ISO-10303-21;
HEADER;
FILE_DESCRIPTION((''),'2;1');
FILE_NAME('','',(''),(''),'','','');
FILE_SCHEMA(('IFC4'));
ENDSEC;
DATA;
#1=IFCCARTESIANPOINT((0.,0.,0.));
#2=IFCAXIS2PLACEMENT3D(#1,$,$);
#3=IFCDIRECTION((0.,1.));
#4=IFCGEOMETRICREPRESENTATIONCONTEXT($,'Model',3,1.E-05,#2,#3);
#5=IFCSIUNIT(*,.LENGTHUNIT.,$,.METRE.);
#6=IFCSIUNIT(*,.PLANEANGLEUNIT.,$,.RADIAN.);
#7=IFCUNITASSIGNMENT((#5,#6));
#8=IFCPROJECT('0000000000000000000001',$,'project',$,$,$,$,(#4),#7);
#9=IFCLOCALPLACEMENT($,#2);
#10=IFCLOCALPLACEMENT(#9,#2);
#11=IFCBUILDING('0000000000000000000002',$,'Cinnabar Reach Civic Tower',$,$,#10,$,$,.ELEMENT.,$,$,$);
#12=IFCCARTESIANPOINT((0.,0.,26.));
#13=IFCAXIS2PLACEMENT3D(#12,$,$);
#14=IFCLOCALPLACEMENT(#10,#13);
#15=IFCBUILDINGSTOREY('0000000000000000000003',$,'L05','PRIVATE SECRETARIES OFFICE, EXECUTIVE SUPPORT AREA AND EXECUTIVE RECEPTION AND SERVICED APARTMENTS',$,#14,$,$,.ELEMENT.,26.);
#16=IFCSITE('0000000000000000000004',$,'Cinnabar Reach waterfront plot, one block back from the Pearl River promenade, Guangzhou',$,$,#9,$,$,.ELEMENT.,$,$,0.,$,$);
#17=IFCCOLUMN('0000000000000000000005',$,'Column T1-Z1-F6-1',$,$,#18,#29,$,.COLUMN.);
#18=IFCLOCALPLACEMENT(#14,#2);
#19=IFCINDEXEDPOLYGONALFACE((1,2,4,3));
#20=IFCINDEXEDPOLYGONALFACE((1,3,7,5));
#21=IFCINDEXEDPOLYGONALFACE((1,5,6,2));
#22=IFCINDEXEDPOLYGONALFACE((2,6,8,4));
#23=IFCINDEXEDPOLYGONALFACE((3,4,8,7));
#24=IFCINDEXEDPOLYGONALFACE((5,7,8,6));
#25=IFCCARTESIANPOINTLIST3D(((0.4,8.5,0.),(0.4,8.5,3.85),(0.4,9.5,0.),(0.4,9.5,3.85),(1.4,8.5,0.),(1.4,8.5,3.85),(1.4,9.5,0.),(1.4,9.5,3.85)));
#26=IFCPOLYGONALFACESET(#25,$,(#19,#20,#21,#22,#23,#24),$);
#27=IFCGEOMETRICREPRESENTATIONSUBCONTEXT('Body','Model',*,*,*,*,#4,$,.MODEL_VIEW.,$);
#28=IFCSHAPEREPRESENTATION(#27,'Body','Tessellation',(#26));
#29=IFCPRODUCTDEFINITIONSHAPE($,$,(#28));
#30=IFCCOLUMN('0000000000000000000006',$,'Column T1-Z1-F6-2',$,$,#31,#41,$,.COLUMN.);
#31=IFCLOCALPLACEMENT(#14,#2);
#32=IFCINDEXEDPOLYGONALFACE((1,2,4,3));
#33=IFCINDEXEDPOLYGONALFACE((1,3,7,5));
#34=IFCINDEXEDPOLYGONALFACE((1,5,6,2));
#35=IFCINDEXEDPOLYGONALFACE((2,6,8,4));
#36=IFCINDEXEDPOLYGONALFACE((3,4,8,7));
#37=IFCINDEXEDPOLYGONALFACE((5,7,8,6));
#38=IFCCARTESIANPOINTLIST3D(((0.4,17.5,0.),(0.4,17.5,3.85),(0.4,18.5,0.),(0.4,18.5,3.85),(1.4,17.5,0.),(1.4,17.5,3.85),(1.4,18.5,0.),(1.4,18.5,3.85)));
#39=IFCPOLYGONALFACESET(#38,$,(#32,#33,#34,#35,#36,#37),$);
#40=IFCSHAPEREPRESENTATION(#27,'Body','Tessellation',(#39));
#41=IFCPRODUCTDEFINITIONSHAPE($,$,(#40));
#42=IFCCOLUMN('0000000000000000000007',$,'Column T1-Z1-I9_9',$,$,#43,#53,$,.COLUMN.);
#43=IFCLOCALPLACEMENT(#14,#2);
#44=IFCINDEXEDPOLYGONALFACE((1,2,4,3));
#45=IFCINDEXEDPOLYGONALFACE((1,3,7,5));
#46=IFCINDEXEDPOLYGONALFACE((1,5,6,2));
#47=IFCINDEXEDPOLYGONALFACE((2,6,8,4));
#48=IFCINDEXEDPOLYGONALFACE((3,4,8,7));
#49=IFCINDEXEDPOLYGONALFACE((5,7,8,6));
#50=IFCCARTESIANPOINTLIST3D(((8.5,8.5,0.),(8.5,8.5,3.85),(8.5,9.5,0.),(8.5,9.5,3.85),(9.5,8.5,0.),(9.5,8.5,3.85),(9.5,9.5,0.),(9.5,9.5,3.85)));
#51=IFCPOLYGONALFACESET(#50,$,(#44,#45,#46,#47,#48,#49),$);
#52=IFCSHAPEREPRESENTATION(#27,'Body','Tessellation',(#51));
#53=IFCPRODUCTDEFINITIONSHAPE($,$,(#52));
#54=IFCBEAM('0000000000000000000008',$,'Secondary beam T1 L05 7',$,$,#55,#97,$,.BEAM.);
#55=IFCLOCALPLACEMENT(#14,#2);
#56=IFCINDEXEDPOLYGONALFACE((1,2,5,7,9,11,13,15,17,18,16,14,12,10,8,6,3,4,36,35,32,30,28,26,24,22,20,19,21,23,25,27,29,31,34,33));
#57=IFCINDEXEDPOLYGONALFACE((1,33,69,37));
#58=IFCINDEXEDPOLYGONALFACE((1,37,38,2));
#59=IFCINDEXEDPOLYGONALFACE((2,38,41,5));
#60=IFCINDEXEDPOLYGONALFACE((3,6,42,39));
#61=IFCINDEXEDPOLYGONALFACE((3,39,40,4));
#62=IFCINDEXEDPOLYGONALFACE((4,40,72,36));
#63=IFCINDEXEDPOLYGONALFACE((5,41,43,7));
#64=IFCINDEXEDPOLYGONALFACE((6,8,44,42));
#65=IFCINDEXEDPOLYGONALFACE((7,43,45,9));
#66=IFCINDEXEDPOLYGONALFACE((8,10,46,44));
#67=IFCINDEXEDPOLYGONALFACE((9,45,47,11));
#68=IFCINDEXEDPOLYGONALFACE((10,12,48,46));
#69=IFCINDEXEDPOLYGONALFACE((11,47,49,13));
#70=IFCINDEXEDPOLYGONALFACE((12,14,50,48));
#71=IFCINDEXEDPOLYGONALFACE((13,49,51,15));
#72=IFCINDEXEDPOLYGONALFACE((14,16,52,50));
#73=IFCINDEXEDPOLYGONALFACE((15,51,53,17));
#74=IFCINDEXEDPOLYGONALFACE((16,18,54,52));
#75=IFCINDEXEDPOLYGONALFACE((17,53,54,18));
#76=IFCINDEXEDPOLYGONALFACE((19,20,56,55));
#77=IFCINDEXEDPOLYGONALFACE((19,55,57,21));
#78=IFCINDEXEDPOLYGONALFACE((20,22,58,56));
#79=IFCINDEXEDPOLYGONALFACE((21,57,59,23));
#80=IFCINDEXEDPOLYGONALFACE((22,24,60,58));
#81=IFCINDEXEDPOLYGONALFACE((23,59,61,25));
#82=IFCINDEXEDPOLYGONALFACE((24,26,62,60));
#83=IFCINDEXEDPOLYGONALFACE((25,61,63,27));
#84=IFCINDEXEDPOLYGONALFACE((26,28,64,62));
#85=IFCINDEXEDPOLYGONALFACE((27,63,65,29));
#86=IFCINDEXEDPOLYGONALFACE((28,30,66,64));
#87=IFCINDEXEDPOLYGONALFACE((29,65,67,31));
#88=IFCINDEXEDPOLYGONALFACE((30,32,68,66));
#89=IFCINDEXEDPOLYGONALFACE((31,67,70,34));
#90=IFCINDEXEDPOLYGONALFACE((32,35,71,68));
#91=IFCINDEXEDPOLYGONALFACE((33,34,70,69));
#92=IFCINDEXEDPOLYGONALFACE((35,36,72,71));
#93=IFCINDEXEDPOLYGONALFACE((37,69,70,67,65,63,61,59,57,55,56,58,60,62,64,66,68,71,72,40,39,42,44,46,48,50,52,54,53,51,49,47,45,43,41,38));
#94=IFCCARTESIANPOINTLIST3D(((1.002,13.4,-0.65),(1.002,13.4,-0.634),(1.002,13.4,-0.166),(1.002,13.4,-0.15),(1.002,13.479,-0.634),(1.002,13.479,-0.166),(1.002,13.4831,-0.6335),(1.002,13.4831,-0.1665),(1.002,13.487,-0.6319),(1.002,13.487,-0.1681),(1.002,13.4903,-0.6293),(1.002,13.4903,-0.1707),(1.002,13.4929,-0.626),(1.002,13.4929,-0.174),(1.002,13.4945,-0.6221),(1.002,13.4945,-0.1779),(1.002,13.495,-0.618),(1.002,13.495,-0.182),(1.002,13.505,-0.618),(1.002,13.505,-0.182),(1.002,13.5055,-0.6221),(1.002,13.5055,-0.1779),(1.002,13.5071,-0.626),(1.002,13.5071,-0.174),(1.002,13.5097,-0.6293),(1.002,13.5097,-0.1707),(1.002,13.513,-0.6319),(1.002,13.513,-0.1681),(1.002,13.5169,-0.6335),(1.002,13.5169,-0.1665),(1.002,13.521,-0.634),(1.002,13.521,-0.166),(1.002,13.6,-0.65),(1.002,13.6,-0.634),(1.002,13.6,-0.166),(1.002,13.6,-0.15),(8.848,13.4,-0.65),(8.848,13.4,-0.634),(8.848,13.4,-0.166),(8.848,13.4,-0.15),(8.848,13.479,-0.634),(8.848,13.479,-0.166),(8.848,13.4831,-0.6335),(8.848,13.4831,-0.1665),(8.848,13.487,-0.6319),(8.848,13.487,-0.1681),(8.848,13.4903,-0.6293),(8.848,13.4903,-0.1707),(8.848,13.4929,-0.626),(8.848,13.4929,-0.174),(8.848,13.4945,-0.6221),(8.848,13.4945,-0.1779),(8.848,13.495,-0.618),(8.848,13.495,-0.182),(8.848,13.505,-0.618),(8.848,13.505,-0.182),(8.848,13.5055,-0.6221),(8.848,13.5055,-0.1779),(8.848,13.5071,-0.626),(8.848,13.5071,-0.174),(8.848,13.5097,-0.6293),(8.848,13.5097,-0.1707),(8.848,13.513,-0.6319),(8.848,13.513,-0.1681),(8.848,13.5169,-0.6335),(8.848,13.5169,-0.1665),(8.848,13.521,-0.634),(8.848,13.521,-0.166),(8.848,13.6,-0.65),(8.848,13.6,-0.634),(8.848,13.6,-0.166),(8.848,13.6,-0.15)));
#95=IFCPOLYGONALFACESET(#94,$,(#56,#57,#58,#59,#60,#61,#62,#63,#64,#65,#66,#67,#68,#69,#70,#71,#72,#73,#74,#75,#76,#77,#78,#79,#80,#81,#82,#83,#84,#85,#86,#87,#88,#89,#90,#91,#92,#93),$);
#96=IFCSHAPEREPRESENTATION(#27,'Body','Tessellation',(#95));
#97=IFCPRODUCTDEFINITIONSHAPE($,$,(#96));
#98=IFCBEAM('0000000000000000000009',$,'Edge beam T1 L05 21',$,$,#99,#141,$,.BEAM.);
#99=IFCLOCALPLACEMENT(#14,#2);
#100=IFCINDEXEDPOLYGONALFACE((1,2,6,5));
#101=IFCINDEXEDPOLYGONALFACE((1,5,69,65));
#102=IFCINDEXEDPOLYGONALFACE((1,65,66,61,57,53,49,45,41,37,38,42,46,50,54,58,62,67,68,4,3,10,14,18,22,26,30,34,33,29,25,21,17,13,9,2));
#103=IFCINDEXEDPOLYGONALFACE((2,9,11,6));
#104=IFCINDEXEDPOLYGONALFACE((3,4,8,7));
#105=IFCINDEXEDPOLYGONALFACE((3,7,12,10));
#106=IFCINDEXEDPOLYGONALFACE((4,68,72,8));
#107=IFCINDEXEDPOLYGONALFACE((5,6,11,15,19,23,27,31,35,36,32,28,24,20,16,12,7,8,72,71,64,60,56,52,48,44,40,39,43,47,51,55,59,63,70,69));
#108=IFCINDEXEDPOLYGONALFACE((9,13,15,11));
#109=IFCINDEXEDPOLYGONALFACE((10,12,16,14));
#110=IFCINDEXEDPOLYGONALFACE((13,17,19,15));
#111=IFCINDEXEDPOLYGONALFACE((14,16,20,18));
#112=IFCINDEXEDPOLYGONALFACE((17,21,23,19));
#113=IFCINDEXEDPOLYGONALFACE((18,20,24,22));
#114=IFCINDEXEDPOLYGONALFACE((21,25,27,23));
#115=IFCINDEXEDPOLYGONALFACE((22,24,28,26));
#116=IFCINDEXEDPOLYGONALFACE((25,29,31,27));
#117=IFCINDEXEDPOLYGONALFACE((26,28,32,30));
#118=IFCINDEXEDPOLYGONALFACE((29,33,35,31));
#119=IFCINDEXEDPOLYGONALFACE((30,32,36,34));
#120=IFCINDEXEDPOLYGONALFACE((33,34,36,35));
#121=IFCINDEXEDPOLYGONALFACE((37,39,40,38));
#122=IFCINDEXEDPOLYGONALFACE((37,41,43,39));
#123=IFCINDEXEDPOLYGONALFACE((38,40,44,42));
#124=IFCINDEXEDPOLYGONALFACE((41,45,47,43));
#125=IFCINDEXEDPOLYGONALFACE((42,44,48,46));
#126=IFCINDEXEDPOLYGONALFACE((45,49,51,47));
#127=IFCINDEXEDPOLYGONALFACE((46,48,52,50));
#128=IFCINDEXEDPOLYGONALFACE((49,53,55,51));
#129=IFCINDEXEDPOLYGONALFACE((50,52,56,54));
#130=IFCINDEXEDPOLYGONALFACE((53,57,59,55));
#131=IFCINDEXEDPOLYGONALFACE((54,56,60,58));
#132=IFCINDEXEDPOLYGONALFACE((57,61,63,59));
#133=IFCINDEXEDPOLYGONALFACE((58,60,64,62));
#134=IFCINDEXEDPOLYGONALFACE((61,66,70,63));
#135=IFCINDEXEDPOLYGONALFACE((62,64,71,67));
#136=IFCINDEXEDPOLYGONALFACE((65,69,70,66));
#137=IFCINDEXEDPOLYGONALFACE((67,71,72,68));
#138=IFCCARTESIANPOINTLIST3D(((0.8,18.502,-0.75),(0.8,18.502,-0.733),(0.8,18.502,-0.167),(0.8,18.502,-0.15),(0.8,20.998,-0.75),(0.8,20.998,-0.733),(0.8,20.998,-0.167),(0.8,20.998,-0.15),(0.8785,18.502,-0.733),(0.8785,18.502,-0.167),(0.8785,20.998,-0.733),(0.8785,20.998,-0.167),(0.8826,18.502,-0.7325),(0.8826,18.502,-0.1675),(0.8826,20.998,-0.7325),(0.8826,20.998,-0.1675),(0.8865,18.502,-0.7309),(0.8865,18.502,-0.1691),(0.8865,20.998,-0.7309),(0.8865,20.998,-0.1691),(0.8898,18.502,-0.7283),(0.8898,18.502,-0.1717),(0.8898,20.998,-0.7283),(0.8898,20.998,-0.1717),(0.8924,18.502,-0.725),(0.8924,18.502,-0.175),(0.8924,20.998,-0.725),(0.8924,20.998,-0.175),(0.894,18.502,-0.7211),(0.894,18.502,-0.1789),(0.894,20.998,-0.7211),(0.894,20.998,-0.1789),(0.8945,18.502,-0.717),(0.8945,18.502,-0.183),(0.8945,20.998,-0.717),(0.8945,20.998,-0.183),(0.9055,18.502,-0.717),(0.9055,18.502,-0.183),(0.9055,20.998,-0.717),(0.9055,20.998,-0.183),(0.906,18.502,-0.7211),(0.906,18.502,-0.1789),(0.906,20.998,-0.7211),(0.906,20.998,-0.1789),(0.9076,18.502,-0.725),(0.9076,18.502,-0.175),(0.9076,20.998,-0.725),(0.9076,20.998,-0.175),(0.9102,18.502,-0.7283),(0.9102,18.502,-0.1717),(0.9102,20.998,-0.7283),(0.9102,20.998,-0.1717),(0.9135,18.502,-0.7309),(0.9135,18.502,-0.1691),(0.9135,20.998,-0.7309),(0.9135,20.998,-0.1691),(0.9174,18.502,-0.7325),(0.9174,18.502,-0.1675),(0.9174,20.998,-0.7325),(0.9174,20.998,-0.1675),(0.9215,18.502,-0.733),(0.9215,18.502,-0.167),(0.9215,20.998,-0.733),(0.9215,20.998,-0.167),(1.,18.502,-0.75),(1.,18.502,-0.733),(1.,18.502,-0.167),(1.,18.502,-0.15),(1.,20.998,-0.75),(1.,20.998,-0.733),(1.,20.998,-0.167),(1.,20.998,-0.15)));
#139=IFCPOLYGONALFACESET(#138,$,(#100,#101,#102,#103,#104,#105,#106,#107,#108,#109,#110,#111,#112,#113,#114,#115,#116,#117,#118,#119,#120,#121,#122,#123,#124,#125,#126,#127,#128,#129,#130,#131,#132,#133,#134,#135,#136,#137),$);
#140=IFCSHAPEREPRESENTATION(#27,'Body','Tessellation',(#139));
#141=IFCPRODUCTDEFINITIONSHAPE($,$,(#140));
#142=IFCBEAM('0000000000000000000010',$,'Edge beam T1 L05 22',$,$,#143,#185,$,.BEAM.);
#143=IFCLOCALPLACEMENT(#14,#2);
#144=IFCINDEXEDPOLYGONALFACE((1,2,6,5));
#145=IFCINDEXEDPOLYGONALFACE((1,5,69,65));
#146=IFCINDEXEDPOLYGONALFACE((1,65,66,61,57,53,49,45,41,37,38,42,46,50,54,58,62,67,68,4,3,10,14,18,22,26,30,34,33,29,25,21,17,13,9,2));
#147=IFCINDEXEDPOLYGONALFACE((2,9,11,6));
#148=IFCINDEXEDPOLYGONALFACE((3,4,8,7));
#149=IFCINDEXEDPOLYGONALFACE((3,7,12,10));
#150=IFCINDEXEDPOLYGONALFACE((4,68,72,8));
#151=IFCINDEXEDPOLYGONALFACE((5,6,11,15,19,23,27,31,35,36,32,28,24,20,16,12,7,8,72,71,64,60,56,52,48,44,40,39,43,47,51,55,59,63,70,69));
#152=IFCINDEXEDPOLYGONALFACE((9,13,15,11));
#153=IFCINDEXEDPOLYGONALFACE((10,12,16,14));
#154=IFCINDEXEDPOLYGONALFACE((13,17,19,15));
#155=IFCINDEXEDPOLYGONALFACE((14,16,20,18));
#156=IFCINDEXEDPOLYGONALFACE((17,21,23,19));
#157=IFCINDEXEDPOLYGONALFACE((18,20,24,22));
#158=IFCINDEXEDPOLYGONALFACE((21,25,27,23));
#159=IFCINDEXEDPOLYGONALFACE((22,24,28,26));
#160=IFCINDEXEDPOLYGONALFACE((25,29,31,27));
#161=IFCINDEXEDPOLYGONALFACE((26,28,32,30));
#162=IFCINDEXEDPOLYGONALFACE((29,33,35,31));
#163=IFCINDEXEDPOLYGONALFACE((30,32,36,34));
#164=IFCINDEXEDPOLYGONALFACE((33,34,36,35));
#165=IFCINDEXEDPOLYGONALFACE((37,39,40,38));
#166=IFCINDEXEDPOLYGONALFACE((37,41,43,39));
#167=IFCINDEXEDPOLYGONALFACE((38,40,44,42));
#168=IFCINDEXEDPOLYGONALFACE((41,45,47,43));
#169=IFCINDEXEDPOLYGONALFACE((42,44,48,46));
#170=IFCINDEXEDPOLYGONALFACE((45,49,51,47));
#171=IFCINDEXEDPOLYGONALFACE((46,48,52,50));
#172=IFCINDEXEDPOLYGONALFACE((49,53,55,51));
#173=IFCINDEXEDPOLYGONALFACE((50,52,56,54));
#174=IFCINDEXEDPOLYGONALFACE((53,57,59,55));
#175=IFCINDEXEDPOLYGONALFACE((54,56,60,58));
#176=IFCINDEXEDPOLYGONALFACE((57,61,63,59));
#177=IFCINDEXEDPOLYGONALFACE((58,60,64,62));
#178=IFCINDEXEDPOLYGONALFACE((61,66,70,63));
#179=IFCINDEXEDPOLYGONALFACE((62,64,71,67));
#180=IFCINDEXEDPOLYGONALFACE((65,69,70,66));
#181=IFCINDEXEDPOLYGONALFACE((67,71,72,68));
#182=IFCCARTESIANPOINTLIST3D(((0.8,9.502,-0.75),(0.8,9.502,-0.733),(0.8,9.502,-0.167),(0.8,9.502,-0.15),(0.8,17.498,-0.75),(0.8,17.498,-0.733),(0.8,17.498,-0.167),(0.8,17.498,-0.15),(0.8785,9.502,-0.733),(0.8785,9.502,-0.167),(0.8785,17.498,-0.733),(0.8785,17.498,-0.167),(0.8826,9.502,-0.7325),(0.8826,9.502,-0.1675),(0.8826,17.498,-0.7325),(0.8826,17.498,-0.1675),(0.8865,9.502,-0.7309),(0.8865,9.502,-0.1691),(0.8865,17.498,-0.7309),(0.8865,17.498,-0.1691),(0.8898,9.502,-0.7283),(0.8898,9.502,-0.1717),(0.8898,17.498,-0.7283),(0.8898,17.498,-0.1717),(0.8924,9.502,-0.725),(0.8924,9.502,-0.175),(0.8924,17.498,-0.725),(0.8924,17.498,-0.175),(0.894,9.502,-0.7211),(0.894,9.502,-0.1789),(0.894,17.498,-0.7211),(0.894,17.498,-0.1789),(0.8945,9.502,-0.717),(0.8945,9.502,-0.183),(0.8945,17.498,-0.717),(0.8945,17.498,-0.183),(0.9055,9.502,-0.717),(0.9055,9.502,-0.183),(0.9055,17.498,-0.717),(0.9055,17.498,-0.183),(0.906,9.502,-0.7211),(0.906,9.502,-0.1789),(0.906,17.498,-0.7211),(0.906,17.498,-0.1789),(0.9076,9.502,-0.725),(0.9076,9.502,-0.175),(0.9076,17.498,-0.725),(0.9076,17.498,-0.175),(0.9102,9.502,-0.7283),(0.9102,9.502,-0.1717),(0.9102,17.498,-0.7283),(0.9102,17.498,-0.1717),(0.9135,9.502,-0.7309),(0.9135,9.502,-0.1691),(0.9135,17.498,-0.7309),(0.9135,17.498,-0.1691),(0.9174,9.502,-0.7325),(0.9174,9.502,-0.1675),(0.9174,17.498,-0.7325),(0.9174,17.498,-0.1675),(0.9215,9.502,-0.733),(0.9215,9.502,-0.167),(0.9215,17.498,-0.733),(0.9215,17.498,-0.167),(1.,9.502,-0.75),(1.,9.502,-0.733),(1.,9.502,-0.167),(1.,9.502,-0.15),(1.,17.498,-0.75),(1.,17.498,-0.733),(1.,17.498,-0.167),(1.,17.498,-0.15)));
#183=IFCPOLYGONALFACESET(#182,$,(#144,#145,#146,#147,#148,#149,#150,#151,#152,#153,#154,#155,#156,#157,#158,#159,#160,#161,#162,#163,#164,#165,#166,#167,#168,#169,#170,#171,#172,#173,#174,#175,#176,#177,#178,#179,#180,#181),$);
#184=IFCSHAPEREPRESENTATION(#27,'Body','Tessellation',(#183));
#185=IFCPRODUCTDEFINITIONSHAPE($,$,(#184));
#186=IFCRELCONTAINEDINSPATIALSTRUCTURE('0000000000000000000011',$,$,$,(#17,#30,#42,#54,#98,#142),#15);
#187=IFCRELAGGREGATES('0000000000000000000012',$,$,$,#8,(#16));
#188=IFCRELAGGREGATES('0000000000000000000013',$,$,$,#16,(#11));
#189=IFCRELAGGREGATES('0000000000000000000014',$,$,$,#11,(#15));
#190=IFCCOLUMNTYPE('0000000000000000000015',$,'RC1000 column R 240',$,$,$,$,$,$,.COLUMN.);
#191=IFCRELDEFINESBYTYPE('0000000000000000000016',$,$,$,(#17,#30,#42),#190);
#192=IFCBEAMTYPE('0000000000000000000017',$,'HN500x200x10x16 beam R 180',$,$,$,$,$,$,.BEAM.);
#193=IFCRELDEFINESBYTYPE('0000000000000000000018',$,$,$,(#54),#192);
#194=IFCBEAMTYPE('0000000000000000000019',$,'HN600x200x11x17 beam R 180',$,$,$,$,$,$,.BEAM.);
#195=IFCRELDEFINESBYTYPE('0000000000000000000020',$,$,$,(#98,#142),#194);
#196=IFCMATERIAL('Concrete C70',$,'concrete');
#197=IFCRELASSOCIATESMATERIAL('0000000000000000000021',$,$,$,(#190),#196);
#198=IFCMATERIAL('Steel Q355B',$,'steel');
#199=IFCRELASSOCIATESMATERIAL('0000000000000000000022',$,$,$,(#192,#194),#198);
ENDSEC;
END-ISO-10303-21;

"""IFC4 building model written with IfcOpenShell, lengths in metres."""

from ifc_helpers import new_model, si_unit, direction, frame, origin, origin_2d, place, context, subcontext, project, spatial, rectangle, i_section, extrude, material, material_profile, profile_set, type_object, element, save


model = new_model("IFC4")

# Units and contexts
model_context = context("Model", 3, precision=1e-05, world=origin(), true_north=direction((0.0, 1.0)))
body_context = subcontext(model_context, "Body", "Model", "MODEL_VIEW")
ifc_project = project(units=[si_unit("LENGTHUNIT", "METRE"), si_unit("PLANEANGLEUNIT", "RADIAN")], contexts=[model_context])

# Site, building, storey
site_placement = place(None, origin())
site = spatial("IfcSite", under=ifc_project, at=site_placement, Name="Cinnabar Reach waterfront plot, one block back from the Pearl River promenade, Guangzhou", CompositionType="ELEMENT", RefElevation=0.0)
building_placement = place(site_placement, origin())
building = spatial("IfcBuilding", under=site, at=building_placement, Name="Cinnabar Reach Civic Tower", CompositionType="ELEMENT")
storey_placement = place(building_placement, frame((0.0, 0.0, 26.0)))
storey = spatial("IfcBuildingStorey", under=building, at=storey_placement, Name="L05", Description="PRIVATE SECRETARIES OFFICE, EXECUTIVE SUPPORT AREA AND EXECUTIVE RECEPTION AND SERVICED APARTMENTS", CompositionType="ELEMENT", Elevation=26.0)

# Columns
ifc_material_1 = material(Name="Concrete C70", Category="concrete")
ifc_material_profile_1 = material_profile(ifc_material_1, rectangle(XDim=1.0, YDim=1.0, at=origin_2d()), Name="RC1000")
ifc_profile_set_1 = profile_set([ifc_material_profile_1], Name="Concrete C70")
column_type = type_object("IfcColumnType", Name="RC1000 column R 240", PredefinedType="COLUMN", material=ifc_profile_set_1)
for number, where, z_axis, x_axis, name in (
    (1, (0.9, 9.0, 0.0), (0.0, 0.0, 1.0), (1.0, 0.0, 0.0), "Column T1-Z1-F6-1"),
    (2, (0.9, 18.0, 0.0), (0.0, 0.0, 1.0), (1.0, 0.0, 0.0), "Column T1-Z1-F6-2"),
    (3, (9.0, 9.0, 0.0), (0.0, 0.0, 1.0), (1.0, 0.0, 0.0), "Column T1-Z1-I9_9"),
):
    element("IfcColumn", number, at=place(storey_placement, frame(where, z_axis=z_axis, x_axis=x_axis)), inside=storey, type_object=column_type, Name=name, PredefinedType="COLUMN", context=body_context, shape_type="SweptSolid", body=[
        extrude(rectangle(XDim=1.0, YDim=1.0, at=origin_2d()), origin(), (0.0, 0.0, 1.0), 3.85),
    ])

# Beams
ifc_material_2 = material(Name="Steel Q355B", Category="steel")
ifc_material_profile_2 = material_profile(ifc_material_2, i_section(OverallWidth=0.2, OverallDepth=0.5, WebThickness=0.01, FlangeThickness=0.016, FilletRadius=0.016, at=origin_2d()), Name="HN500x200x10x16")
ifc_profile_set_2 = profile_set([ifc_material_profile_2], Name="Steel Q355B")
beam_type_1 = type_object("IfcBeamType", Name="HN500x200x10x16 beam R 180", PredefinedType="BEAM", material=ifc_profile_set_2)
beam_1_placement = place(storey_placement, frame((1.002, 13.5, -0.4), z_axis=(1.0, 0.0, 0.0), x_axis=(0.0, 1.0, 0.0)))
element("IfcBeam", 4, at=beam_1_placement, inside=storey, type_object=beam_type_1, Name="Secondary beam T1 L05 7", PredefinedType="BEAM", context=body_context, shape_type="SweptSolid", body=[
    extrude(i_section(OverallWidth=0.2, OverallDepth=0.5, WebThickness=0.01, FlangeThickness=0.016, FilletRadius=0.016, at=origin_2d()), origin(), (0.0, 0.0, 1.0), 7.846),
])
ifc_material_profile_3 = material_profile(ifc_material_2, i_section(OverallWidth=0.2, OverallDepth=0.6, WebThickness=0.011, FlangeThickness=0.017, FilletRadius=0.016, at=origin_2d()), Name="HN600x200x11x17")
ifc_profile_set_3 = profile_set([ifc_material_profile_3], Name="Steel Q355B")
beam_type_2 = type_object("IfcBeamType", Name="HN600x200x11x17 beam R 180", PredefinedType="BEAM", material=ifc_profile_set_3)
beam_2_placement = place(storey_placement, frame((0.9, 20.998, -0.45), z_axis=(0.0, -1.0, 0.0), x_axis=(1.0, 0.0, 0.0)))
element("IfcBeam", 5, at=beam_2_placement, inside=storey, type_object=beam_type_2, Name="Edge beam T1 L05 21", PredefinedType="BEAM", context=body_context, shape_type="SweptSolid", body=[
    extrude(i_section(OverallWidth=0.2, OverallDepth=0.6, WebThickness=0.011, FlangeThickness=0.017, FilletRadius=0.016, at=origin_2d()), origin(), (0.0, 0.0, 1.0), 2.496),
])
beam_3_placement = place(storey_placement, frame((0.9, 17.498, -0.45), z_axis=(0.0, -1.0, 0.0), x_axis=(1.0, 0.0, 0.0)))
element("IfcBeam", 6, at=beam_3_placement, inside=storey, type_object=beam_type_2, Name="Edge beam T1 L05 22", PredefinedType="BEAM", context=body_context, shape_type="SweptSolid", body=[
    extrude(i_section(OverallWidth=0.2, OverallDepth=0.6, WebThickness=0.011, FlangeThickness=0.017, FilletRadius=0.016, at=origin_2d()), origin(), (0.0, 0.0, 1.0), 7.996),
])

save(model, "model.ifc")
